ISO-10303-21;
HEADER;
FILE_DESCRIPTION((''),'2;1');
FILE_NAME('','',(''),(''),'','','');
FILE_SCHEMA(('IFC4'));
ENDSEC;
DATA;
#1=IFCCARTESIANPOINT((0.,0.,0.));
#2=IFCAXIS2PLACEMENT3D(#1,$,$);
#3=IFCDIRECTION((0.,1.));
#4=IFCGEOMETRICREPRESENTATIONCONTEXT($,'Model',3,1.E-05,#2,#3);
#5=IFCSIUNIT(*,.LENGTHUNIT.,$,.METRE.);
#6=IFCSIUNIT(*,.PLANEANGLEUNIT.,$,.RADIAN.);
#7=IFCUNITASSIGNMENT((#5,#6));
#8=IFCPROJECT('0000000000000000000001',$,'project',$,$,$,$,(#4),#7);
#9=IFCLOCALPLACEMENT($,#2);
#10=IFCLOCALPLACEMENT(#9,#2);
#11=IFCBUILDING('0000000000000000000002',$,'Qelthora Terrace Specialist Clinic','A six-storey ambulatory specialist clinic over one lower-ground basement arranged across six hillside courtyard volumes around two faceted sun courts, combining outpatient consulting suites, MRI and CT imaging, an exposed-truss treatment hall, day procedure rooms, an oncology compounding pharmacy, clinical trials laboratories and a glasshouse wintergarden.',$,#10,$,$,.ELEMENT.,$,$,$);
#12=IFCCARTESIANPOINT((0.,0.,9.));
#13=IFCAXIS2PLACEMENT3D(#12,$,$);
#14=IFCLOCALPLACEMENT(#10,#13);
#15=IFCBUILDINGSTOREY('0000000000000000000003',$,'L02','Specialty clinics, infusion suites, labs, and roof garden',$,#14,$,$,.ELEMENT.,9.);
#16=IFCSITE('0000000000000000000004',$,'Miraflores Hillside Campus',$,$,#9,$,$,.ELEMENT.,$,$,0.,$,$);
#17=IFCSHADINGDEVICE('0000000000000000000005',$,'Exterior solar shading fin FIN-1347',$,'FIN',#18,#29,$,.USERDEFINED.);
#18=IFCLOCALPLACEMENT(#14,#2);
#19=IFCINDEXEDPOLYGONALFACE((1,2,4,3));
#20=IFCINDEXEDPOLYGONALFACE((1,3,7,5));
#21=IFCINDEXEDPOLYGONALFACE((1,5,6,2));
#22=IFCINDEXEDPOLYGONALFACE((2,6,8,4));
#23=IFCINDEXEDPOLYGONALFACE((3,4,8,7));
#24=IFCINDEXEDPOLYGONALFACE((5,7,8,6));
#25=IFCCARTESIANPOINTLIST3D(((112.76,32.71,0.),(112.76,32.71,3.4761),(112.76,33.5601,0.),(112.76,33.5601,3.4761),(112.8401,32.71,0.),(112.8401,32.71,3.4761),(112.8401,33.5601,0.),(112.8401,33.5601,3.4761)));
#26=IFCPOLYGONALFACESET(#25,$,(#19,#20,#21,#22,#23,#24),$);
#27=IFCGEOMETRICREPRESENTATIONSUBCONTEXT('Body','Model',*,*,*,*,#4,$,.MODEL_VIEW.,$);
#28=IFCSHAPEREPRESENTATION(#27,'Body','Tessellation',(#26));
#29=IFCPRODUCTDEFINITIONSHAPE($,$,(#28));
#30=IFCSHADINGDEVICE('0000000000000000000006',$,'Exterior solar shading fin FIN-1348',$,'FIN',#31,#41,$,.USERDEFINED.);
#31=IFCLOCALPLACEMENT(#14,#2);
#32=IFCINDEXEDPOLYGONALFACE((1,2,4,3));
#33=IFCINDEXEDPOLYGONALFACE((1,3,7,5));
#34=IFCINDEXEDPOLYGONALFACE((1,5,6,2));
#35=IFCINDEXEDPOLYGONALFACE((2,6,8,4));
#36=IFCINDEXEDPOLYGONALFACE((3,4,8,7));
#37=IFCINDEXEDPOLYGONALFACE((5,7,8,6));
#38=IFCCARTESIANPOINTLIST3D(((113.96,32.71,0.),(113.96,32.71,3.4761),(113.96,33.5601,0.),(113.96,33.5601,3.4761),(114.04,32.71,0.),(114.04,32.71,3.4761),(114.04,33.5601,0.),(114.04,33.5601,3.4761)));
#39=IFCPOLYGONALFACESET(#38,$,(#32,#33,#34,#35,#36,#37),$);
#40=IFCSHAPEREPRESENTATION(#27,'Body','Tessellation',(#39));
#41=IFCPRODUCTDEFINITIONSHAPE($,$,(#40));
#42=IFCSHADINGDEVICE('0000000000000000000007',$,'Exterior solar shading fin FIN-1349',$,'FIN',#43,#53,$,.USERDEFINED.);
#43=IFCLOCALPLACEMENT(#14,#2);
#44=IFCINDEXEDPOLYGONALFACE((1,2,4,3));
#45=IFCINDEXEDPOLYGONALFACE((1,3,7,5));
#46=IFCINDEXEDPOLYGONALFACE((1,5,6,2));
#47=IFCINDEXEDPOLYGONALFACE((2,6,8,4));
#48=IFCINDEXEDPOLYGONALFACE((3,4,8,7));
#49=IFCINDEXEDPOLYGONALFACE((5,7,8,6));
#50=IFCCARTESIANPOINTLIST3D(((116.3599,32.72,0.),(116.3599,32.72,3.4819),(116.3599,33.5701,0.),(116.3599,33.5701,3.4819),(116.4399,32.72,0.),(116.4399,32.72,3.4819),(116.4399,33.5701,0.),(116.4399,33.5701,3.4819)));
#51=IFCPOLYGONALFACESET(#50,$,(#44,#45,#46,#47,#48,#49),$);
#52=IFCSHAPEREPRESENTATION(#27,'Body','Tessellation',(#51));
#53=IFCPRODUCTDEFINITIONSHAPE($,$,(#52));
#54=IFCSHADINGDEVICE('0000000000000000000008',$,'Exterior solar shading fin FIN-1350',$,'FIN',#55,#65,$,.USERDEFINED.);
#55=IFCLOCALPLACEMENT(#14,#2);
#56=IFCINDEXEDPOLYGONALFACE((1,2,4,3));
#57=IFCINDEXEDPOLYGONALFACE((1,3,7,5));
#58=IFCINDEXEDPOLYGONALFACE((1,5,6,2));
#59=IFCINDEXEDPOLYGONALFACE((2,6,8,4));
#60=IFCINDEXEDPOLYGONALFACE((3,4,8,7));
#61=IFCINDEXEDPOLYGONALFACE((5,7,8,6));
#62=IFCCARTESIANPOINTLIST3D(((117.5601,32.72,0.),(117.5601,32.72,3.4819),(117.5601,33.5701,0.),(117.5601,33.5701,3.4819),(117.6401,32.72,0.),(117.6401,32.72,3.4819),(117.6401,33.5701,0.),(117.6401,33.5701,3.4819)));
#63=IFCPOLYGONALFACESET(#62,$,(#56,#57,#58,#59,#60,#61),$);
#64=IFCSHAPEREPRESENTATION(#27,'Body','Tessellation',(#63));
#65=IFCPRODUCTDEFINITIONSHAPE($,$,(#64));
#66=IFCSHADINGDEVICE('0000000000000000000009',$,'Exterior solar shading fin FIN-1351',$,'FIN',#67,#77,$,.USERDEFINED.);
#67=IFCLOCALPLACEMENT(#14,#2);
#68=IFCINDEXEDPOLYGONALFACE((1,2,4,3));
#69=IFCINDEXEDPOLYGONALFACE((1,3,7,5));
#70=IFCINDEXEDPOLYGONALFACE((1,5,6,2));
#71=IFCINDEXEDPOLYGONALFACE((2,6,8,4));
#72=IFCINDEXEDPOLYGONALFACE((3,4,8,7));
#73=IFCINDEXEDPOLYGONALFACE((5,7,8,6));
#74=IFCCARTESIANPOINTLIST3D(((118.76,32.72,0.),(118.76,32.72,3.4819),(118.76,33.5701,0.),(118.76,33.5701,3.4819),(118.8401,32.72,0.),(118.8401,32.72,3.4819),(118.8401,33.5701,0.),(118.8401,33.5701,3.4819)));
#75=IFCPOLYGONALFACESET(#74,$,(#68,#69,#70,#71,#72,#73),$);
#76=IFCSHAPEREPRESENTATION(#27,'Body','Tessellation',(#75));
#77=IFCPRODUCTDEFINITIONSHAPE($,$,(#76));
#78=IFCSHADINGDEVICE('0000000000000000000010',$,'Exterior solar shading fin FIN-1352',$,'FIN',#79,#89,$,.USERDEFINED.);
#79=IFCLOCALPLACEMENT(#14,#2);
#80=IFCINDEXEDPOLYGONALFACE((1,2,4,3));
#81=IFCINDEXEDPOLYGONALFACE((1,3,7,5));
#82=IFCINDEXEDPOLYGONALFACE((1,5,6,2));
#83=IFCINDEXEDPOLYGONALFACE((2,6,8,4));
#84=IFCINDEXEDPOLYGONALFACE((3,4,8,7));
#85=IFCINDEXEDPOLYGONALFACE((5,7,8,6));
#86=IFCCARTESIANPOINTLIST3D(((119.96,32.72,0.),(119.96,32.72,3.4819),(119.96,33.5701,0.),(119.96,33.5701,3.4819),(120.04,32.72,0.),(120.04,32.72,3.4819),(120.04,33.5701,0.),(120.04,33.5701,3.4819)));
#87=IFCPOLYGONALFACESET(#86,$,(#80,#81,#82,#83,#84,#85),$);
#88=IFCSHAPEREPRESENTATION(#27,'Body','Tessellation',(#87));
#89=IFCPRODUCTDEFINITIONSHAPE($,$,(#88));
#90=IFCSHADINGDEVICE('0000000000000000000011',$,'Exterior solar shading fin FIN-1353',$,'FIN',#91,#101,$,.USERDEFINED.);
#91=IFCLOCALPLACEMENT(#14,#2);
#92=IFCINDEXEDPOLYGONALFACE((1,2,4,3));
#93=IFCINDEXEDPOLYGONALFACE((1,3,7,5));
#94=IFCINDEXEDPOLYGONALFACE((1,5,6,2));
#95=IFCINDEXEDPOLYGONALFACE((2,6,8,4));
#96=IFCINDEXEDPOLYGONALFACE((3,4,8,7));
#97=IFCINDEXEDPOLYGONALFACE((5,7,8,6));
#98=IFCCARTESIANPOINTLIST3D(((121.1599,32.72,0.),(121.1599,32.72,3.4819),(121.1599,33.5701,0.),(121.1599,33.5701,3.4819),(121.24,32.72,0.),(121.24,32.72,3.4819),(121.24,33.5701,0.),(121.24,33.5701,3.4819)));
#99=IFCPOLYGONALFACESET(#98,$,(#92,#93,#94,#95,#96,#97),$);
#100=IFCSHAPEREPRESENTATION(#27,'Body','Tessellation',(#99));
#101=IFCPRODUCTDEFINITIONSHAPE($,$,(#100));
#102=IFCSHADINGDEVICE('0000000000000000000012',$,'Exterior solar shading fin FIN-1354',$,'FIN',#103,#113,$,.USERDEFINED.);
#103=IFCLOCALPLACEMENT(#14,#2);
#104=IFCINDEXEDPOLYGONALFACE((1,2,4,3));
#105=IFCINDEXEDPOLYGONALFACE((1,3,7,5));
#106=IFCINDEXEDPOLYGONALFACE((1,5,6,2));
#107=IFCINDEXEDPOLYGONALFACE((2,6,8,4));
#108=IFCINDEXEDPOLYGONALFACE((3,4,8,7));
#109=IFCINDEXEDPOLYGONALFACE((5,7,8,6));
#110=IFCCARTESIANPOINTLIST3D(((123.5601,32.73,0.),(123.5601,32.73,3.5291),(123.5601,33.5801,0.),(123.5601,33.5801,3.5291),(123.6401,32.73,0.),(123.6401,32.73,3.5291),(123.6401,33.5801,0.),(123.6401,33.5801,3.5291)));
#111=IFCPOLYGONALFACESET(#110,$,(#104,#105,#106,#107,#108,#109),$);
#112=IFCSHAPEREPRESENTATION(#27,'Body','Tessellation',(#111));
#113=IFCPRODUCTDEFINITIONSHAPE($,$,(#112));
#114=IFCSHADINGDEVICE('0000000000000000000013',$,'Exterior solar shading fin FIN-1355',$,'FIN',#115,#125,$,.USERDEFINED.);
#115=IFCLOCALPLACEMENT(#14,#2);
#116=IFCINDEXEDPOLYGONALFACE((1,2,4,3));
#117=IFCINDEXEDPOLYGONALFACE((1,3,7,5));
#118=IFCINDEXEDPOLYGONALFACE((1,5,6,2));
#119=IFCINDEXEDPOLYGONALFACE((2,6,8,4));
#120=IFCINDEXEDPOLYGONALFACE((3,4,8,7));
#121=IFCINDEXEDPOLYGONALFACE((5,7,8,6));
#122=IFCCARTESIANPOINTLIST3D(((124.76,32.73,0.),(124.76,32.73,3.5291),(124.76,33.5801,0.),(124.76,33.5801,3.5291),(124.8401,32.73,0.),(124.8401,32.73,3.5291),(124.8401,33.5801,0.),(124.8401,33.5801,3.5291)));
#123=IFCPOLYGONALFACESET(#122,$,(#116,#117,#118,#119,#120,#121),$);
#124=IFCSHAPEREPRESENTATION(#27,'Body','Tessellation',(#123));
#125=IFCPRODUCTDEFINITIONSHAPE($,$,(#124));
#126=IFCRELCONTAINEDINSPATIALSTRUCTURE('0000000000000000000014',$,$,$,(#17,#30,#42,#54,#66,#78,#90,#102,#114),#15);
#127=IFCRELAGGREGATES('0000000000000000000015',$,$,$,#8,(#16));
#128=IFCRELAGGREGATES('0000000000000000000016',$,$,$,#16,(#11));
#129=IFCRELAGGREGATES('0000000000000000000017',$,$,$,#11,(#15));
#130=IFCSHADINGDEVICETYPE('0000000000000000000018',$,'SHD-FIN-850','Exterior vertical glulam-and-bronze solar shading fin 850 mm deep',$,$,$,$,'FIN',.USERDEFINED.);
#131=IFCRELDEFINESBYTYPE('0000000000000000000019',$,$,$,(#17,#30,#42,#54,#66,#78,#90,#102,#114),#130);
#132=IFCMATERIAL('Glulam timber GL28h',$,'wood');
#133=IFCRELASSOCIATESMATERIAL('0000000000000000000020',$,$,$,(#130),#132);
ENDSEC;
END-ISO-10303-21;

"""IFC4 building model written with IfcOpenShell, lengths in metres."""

from ifc_helpers import new_model, si_unit, direction, frame, origin, origin_2d, place, context, subcontext, project, spatial, rectangle, extrude, material, type_object, element, save


model = new_model("IFC4")

# Units and contexts
model_context = context("Model", 3, precision=1e-05, world=origin(), true_north=direction((0.0, 1.0)))
body_context = subcontext(model_context, "Body", "Model", "MODEL_VIEW")
ifc_project = project(units=[si_unit("LENGTHUNIT", "METRE"), si_unit("PLANEANGLEUNIT", "RADIAN")], contexts=[model_context])

# Site, building, storey
site_placement = place(None, origin())
site = spatial("IfcSite", under=ifc_project, at=site_placement, Name="Miraflores Hillside Campus", CompositionType="ELEMENT", RefElevation=0.0)
building_placement = place(site_placement, origin())
building = spatial("IfcBuilding", under=site, at=building_placement, Name="Qelthora Terrace Specialist Clinic", Description="A six-storey ambulatory specialist clinic over one lower-ground basement arranged across six hillside courtyard volumes around two faceted sun courts, combining outpatient consulting suites, MRI and CT imaging, an exposed-truss treatment hall, day procedure rooms, an oncology compounding pharmacy, clinical trials laboratories and a glasshouse wintergarden.", CompositionType="ELEMENT")
storey_placement = place(building_placement, frame((0.0, 0.0, 9.0)))
storey = spatial("IfcBuildingStorey", under=building, at=storey_placement, Name="L02", Description="Specialty clinics, infusion suites, labs, and roof garden", CompositionType="ELEMENT", Elevation=9.0)

# Shading devices
ifc_material_1 = material(Name="Glulam timber GL28h", Category="wood")
shading_device_type = type_object("IfcShadingDeviceType", Name="SHD-FIN-850", Description="Exterior vertical glulam-and-bronze solar shading fin 850 mm deep", ElementType="FIN", PredefinedType="USERDEFINED", material=ifc_material_1)
for number, where, z_axis, x_axis, name in (
    (1, (112.8, 33.135, 0.0), (0.0, 0.0, 1.0), (0.0, -1.0, 0.0), "Exterior solar shading fin FIN-1347"),
    (2, (114.0, 33.135, 0.0), (0.0, 0.0, 1.0), (0.0, -1.0, 0.0), "Exterior solar shading fin FIN-1348"),
):
    element("IfcShadingDevice", number, at=place(storey_placement, frame(where, z_axis=z_axis, x_axis=x_axis)), inside=storey, type_object=shading_device_type, Name=name, ObjectType="FIN", PredefinedType="USERDEFINED", context=body_context, shape_type="SweptSolid", body=[
        extrude(rectangle(XDim=0.8501, YDim=0.0801, at=origin_2d()), origin(), (0.0, 0.0, 1.0), 3.4761),
    ])
for number, where, z_axis, x_axis, name in (
    (3, (116.3999, 33.145, 0.0), (0.0, 0.0, 1.0), (0.0, -1.0, 0.0), "Exterior solar shading fin FIN-1349"),
    (4, (117.6001, 33.145, 0.0), (0.0, 0.0, 1.0), (0.0, -1.0, 0.0), "Exterior solar shading fin FIN-1350"),
    (5, (118.8, 33.145, 0.0), (0.0, 0.0, 1.0), (0.0, -1.0, 0.0), "Exterior solar shading fin FIN-1351"),
    (6, (120.0, 33.145, 0.0), (0.0, 0.0, 1.0), (0.0, -1.0, 0.0), "Exterior solar shading fin FIN-1352"),
    (7, (121.2, 33.145, 0.0), (0.0, 0.0, 1.0), (0.0, -1.0, 0.0), "Exterior solar shading fin FIN-1353"),
):
    element("IfcShadingDevice", number, at=place(storey_placement, frame(where, z_axis=z_axis, x_axis=x_axis)), inside=storey, type_object=shading_device_type, Name=name, ObjectType="FIN", PredefinedType="USERDEFINED", context=body_context, shape_type="SweptSolid", body=[
        extrude(rectangle(XDim=0.8501, YDim=0.0801, at=origin_2d()), origin(), (0.0, 0.0, 1.0), 3.4819),
    ])
for number, where, z_axis, x_axis, name in (
    (8, (123.6001, 33.155, 0.0), (0.0, 0.0, 1.0), (0.0, -1.0, 0.0), "Exterior solar shading fin FIN-1354"),
    (9, (124.8, 33.155, 0.0), (0.0, 0.0, 1.0), (0.0, -1.0, 0.0), "Exterior solar shading fin FIN-1355"),
):
    element("IfcShadingDevice", number, at=place(storey_placement, frame(where, z_axis=z_axis, x_axis=x_axis)), inside=storey, type_object=shading_device_type, Name=name, ObjectType="FIN", PredefinedType="USERDEFINED", context=body_context, shape_type="SweptSolid", body=[
        extrude(rectangle(XDim=0.8501, YDim=0.0801, at=origin_2d()), origin(), (0.0, 0.0, 1.0), 3.5291),
    ])

save(model, "model.ifc")
